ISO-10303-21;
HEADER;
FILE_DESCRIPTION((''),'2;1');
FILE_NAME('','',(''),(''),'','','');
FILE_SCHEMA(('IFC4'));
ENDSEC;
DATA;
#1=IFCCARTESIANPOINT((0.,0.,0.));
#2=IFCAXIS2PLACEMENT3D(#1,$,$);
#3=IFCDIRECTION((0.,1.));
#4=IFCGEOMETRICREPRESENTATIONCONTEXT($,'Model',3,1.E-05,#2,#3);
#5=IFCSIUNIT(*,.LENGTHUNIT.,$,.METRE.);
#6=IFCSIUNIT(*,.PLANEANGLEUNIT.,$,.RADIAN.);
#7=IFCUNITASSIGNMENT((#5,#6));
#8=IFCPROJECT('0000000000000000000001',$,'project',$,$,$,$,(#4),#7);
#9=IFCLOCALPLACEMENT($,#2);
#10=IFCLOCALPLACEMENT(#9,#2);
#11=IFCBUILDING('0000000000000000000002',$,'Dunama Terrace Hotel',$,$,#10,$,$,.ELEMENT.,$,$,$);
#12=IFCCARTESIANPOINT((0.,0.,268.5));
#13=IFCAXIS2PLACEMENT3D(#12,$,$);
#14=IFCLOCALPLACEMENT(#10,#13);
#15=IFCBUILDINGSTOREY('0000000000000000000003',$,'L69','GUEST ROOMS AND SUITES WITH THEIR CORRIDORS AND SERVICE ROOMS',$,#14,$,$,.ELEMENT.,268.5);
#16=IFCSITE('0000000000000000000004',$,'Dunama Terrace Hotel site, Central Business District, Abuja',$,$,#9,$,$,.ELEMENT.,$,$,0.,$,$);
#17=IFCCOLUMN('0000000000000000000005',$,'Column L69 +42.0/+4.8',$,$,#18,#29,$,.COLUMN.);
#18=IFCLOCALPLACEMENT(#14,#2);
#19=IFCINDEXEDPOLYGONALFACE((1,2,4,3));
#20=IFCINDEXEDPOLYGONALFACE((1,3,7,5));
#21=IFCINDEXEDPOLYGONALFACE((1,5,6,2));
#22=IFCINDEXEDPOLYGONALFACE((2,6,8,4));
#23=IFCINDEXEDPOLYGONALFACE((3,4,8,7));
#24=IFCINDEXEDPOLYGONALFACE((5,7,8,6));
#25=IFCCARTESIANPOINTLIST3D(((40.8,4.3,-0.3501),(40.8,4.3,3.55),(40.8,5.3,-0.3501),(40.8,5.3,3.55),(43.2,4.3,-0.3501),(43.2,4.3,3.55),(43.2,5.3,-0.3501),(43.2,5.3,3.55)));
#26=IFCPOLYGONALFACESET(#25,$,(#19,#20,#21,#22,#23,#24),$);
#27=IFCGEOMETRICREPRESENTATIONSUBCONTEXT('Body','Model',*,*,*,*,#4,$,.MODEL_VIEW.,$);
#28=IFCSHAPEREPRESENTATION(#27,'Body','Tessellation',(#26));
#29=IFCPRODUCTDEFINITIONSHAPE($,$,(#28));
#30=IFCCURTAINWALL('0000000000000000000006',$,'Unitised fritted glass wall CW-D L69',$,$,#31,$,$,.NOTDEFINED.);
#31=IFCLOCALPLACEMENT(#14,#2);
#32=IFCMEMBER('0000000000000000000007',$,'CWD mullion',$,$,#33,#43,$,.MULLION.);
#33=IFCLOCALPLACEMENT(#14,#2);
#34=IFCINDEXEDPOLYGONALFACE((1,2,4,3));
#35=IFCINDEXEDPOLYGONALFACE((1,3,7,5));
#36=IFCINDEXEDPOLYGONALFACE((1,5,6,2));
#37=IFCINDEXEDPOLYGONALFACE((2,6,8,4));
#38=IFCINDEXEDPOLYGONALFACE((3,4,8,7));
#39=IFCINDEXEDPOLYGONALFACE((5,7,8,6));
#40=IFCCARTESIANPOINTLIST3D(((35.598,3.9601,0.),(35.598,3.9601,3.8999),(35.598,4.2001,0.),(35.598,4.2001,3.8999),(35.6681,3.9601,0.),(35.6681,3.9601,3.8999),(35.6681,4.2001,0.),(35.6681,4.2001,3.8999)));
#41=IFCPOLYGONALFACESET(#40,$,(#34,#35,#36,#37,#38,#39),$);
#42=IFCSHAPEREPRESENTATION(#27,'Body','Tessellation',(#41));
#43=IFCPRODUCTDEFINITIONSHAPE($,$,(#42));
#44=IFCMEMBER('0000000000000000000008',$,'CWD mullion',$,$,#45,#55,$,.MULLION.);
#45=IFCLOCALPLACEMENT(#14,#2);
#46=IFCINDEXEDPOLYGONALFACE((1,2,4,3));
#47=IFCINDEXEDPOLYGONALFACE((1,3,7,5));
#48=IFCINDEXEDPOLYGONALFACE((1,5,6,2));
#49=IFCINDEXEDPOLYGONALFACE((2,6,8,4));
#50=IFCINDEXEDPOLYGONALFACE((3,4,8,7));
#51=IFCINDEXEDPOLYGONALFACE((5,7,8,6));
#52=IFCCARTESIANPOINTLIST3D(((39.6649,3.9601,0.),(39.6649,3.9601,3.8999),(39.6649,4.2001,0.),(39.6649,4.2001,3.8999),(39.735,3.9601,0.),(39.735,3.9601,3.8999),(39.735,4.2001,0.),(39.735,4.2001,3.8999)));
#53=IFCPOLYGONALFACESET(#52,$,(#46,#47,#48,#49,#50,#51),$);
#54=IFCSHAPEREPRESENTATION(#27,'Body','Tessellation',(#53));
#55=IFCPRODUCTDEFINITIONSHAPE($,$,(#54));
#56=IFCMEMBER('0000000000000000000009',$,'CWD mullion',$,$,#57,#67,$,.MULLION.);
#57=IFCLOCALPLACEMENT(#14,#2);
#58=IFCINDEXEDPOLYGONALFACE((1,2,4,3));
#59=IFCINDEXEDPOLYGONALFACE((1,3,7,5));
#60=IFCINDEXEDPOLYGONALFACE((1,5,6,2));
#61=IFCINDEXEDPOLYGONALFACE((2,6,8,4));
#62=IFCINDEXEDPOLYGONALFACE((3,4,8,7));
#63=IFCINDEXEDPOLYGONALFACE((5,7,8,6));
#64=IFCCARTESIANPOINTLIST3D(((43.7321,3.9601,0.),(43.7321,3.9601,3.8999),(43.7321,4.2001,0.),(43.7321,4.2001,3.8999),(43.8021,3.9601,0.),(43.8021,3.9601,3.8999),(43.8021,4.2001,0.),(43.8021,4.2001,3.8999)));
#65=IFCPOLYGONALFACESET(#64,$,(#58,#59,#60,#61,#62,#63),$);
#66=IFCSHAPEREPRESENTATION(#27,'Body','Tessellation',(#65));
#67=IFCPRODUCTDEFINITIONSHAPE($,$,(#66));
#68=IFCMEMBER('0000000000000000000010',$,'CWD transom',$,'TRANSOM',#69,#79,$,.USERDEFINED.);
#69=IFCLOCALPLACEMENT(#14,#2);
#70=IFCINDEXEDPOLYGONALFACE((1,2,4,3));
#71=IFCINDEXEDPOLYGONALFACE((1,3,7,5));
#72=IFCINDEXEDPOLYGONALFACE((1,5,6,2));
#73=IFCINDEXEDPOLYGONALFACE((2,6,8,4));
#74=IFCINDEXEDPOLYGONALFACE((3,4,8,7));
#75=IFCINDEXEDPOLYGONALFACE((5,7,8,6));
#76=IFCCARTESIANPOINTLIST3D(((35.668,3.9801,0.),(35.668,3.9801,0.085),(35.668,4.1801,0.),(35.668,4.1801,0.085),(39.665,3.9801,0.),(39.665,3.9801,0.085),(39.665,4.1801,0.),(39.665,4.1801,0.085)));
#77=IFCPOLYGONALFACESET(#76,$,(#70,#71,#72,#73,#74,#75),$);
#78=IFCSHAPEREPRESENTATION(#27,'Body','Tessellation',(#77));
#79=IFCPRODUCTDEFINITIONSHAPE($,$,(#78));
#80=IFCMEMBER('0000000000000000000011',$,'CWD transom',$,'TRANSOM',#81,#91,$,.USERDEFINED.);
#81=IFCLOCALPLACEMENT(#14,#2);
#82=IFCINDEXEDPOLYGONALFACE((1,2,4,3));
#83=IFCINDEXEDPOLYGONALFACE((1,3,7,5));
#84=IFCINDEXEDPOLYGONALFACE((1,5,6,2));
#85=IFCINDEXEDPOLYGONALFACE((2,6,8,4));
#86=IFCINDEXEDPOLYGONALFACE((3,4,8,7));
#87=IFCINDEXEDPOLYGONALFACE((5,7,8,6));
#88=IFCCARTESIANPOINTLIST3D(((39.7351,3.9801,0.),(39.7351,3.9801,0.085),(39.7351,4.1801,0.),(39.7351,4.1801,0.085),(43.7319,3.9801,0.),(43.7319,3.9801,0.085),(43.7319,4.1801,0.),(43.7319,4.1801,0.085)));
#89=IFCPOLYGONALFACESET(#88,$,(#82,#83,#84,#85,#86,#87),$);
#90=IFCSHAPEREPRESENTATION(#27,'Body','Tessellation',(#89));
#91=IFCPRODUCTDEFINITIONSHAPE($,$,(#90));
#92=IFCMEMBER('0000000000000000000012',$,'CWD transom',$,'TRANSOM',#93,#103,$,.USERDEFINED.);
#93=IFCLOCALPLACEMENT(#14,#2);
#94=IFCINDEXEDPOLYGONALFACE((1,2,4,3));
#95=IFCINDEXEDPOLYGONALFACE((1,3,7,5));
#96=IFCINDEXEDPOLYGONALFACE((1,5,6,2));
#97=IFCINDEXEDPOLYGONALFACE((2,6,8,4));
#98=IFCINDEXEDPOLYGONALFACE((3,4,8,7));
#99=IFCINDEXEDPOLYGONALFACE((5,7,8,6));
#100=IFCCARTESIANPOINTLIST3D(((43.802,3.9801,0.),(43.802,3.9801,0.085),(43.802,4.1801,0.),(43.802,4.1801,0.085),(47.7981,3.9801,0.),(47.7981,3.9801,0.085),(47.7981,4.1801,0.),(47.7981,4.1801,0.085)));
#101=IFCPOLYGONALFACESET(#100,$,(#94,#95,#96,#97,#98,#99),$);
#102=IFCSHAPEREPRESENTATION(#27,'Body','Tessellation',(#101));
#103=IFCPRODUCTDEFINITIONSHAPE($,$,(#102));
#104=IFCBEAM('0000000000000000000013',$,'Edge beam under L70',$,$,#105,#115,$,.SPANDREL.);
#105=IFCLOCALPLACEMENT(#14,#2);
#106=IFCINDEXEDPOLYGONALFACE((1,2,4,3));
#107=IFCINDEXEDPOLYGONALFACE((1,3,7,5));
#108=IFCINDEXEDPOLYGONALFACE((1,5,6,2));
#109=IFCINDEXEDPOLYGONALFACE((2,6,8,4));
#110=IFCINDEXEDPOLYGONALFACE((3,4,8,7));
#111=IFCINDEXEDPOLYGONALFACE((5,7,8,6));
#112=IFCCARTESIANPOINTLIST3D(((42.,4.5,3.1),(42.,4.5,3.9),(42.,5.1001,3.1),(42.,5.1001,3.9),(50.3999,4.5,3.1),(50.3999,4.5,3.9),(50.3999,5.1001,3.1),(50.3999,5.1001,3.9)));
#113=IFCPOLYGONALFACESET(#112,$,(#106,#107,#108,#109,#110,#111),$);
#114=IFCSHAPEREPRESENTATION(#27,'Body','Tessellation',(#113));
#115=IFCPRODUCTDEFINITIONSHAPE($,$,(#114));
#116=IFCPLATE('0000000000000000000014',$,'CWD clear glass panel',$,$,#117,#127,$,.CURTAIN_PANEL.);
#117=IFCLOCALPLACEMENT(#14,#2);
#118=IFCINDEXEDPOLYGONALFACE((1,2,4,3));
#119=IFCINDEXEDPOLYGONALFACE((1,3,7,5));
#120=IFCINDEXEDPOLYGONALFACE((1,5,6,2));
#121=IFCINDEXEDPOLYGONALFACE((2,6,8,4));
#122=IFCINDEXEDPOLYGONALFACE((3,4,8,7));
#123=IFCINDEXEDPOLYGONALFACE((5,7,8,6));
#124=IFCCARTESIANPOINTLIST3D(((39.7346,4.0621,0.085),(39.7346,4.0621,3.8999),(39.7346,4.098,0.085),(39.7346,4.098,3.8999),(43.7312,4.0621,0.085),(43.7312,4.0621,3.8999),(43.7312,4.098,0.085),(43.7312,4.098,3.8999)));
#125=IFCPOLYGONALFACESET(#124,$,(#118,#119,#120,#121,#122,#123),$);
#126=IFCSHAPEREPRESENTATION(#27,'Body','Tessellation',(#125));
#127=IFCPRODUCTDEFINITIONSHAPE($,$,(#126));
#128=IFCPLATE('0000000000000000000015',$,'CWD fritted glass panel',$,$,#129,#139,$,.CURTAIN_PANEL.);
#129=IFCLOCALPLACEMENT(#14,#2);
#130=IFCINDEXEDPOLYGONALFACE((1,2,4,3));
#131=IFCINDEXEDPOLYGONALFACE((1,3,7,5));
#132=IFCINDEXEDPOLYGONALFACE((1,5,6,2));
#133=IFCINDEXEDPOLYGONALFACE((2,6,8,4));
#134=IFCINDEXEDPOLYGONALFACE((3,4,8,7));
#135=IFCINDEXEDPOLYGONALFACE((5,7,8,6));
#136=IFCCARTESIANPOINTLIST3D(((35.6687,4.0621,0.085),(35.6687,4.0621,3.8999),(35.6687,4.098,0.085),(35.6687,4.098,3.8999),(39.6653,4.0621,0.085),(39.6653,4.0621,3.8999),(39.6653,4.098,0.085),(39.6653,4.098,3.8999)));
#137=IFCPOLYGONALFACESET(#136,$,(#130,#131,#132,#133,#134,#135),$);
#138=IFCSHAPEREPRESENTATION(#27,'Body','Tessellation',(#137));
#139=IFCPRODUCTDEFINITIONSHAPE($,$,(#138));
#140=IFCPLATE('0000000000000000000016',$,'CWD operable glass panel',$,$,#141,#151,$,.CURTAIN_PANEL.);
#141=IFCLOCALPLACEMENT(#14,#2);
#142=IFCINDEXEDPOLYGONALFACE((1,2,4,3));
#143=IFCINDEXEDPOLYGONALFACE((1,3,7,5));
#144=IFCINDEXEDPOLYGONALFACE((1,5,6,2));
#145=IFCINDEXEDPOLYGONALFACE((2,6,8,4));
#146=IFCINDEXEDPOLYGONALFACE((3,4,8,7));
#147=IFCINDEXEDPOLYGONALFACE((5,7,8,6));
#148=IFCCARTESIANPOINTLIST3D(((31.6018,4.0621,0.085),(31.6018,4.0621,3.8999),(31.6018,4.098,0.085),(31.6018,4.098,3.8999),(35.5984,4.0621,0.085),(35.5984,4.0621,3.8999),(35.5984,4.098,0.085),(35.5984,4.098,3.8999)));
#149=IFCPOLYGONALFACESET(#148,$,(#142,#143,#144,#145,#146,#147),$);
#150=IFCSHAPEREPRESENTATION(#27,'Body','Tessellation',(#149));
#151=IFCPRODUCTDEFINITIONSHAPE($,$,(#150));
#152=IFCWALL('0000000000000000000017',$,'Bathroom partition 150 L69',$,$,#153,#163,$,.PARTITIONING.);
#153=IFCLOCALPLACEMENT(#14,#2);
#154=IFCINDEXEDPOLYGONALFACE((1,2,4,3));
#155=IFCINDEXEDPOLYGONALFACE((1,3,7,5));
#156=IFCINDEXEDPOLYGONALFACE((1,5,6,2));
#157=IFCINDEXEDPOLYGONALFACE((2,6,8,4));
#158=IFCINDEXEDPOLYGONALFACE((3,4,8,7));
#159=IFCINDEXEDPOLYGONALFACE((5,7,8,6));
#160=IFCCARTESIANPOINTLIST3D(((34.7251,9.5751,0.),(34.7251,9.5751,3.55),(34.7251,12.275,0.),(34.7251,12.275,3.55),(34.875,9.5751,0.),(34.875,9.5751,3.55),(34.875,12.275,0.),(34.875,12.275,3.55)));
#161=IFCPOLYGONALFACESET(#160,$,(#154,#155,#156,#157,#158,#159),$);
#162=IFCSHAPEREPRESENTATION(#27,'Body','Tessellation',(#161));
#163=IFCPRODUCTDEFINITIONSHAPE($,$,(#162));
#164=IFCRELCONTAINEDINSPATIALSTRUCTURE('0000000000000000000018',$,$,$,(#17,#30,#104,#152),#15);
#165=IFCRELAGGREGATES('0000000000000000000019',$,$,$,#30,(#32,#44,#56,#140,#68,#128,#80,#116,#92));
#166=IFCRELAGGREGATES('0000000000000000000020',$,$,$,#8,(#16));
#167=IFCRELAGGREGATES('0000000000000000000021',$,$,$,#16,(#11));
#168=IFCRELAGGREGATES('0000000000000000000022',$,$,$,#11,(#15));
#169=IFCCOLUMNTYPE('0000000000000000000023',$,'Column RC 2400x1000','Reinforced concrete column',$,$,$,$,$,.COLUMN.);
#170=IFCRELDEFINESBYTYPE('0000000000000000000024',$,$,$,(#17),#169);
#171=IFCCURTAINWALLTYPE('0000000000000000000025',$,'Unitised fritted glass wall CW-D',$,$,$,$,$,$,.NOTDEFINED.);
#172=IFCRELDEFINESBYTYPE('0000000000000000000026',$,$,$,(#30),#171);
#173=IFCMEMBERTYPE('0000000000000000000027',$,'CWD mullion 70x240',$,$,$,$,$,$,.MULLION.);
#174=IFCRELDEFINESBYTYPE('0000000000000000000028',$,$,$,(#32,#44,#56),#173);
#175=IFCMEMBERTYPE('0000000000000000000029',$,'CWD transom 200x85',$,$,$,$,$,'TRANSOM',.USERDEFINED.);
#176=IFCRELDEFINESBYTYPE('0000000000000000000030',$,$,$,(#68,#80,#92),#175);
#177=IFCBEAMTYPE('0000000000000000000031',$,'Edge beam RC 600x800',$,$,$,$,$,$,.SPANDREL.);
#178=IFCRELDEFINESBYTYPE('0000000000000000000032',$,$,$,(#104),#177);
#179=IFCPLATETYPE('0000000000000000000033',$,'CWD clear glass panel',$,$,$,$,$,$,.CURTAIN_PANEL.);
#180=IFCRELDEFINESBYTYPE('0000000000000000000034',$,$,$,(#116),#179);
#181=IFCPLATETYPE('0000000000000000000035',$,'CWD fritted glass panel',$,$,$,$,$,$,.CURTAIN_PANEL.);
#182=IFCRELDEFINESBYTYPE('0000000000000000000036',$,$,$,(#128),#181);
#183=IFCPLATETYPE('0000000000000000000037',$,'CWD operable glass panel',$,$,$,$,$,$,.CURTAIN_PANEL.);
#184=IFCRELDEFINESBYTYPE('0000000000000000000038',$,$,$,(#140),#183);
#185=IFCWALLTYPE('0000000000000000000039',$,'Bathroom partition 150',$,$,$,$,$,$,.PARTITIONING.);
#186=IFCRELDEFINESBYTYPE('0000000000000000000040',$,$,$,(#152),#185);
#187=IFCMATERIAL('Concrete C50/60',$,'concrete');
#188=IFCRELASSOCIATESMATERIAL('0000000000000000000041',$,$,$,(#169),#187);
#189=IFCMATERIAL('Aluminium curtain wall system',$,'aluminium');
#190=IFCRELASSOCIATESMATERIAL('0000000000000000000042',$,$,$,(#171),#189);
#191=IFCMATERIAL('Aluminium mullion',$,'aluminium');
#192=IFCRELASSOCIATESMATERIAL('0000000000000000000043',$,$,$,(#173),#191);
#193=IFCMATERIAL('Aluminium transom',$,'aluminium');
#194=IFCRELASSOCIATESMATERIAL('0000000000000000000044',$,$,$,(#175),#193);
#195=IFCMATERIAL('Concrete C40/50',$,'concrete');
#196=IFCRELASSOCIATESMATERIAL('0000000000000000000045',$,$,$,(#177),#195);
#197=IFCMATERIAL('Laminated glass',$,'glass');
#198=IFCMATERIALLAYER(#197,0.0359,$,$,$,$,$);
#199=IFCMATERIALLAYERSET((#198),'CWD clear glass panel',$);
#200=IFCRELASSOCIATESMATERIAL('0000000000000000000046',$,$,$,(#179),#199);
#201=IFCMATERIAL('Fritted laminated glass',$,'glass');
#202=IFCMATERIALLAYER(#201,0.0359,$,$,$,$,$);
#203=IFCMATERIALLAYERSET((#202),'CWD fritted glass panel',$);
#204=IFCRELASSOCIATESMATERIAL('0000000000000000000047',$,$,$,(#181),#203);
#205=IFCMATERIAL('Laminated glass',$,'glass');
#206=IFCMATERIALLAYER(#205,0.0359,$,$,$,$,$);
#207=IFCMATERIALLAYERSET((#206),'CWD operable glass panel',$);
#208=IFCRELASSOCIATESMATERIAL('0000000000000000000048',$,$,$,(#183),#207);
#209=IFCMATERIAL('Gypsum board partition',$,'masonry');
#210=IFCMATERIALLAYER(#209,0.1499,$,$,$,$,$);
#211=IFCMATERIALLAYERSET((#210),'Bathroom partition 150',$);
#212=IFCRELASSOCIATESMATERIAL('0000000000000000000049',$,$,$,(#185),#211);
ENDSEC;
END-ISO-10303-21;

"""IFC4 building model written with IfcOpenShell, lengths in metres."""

from ifc_helpers import new_model, si_unit, direction, frame, frame_2d, origin, origin_2d, place, context, subcontext, project, spatial, rectangle, extrude, material, layer, layer_set, material_profile, profile_set, type_object, element, aggregate, save


model = new_model("IFC4")

# Units and contexts
model_context = context("Model", 3, precision=1e-05, world=origin(), true_north=direction((0.0, 1.0)))
body_context = subcontext(model_context, "Body", "Model", "MODEL_VIEW")
ifc_project = project(units=[si_unit("LENGTHUNIT", "METRE"), si_unit("PLANEANGLEUNIT", "RADIAN")], contexts=[model_context])

# Site, building, storey
site_placement = place(None, origin())
site = spatial("IfcSite", under=ifc_project, at=site_placement, Name="Dunama Terrace Hotel site, Central Business District, Abuja", CompositionType="ELEMENT", RefElevation=0.0)
building_placement = place(site_placement, origin())
building = spatial("IfcBuilding", under=site, at=building_placement, Name="Dunama Terrace Hotel", CompositionType="ELEMENT")
storey_placement = place(building_placement, frame((0.0, 0.0, 268.5)))
storey = spatial("IfcBuildingStorey", under=building, at=storey_placement, Name="L69", Description="GUEST ROOMS AND SUITES WITH THEIR CORRIDORS AND SERVICE ROOMS", CompositionType="ELEMENT", Elevation=268.5)

# Column
ifc_material_1 = material(Name="Concrete C50/60", Category="concrete")
ifc_material_profile_1 = material_profile(ifc_material_1, rectangle(XDim=2.3999, YDim=1.0, at=origin_2d()), Name="RC 2400x1000")
ifc_profile_set_1 = profile_set([ifc_material_profile_1], Name="Concrete C50/60")
column_type = type_object("IfcColumnType", Name="Column RC 2400x1000", Description="Reinforced concrete column", PredefinedType="COLUMN", material=ifc_profile_set_1)
column_placement = place(storey_placement, frame((42.0, 4.8, -0.3501), z_axis=(0.0, 0.0, 1.0), x_axis=(1.0, 0.0, 0.0)))
element("IfcColumn", 1, at=column_placement, inside=storey, type_object=column_type, Name="Column L69 +42.0/+4.8", PredefinedType="COLUMN", context=body_context, shape_type="SweptSolid", body=[
    extrude(rectangle(XDim=2.3999, YDim=1.0, at=origin_2d()), origin(), (0.0, 0.0, 1.0), 3.9001),
])

# Curtain wall, members
ifc_material_2 = material(Name="Aluminium curtain wall system", Category="aluminium")
curtain_wall_type = type_object("IfcCurtainWallType", Name="Unitised fritted glass wall CW-D", PredefinedType="NOTDEFINED", material=ifc_material_2)
curtain_wall_placement = place(storey_placement, origin())
curtain_wall = element("IfcCurtainWall", 2, at=curtain_wall_placement, inside=storey, type_object=curtain_wall_type, Name="Unitised fritted glass wall CW-D L69", PredefinedType="NOTDEFINED")
ifc_material_3 = material(Name="Aluminium mullion", Category="aluminium")
ifc_material_profile_2 = material_profile(ifc_material_3, rectangle(XDim=0.0701, YDim=0.24, at=origin_2d()), Name="CWD MULLION 70X240")
ifc_profile_set_2 = profile_set([ifc_material_profile_2], Name="Aluminium mullion")
member_type_1 = type_object("IfcMemberType", Name="CWD mullion 70x240", PredefinedType="MULLION", material=ifc_profile_set_2)
member_1_placement = place(storey_placement, frame((35.6331, 4.0801, 0.0), z_axis=(0.0, 0.0, 1.0), x_axis=(1.0, 0.0, 0.0)))
member_1 = element("IfcMember", 3, at=member_1_placement, type_object=member_type_1, Name="CWD mullion", PredefinedType="MULLION", context=body_context, shape_type="SweptSolid", body=[
    extrude(rectangle(XDim=0.0701, YDim=0.24, at=origin_2d()), origin(), (0.0, 0.0, 1.0), 3.8999),
])
member_2_placement = place(storey_placement, frame((39.7, 4.0801, 0.0), z_axis=(0.0, 0.0, 1.0), x_axis=(1.0, 0.0, 0.0)))
member_2 = element("IfcMember", 4, at=member_2_placement, type_object=member_type_1, Name="CWD mullion", PredefinedType="MULLION", context=body_context, shape_type="SweptSolid", body=[
    extrude(rectangle(XDim=0.0701, YDim=0.24, at=origin_2d()), origin(), (0.0, 0.0, 1.0), 3.8999),
])
member_3_placement = place(storey_placement, frame((43.7671, 4.0801, 0.0), z_axis=(0.0, 0.0, 1.0), x_axis=(1.0, 0.0, 0.0)))
member_3 = element("IfcMember", 5, at=member_3_placement, type_object=member_type_1, Name="CWD mullion", PredefinedType="MULLION", context=body_context, shape_type="SweptSolid", body=[
    extrude(rectangle(XDim=0.0701, YDim=0.24, at=origin_2d()), origin(), (0.0, 0.0, 1.0), 3.8999),
])
ifc_material_4 = material(Name="Aluminium transom", Category="aluminium")
ifc_material_profile_3 = material_profile(ifc_material_4, rectangle(XDim=0.2, YDim=0.085, at=origin_2d()), Name="CWD TRANSOM 200X85")
ifc_profile_set_3 = profile_set([ifc_material_profile_3], Name="Aluminium transom")
member_type_2 = type_object("IfcMemberType", Name="CWD transom 200x85", ElementType="TRANSOM", PredefinedType="USERDEFINED", material=ifc_profile_set_3)
member_4_placement = place(storey_placement, frame((35.668, 4.0801, 0.0425), z_axis=(1.0, 0.0, 0.0), x_axis=(0.0, 1.0, 0.0)))
member_4 = element("IfcMember", 6, at=member_4_placement, type_object=member_type_2, Name="CWD transom", ObjectType="TRANSOM", PredefinedType="USERDEFINED", context=body_context, shape_type="SweptSolid", body=[
    extrude(rectangle(XDim=0.2, YDim=0.085, at=origin_2d()), origin(), (0.0, 0.0, 1.0), 3.9971),
])
member_5_placement = place(storey_placement, frame((39.7351, 4.0801, 0.0425), z_axis=(1.0, 0.0, 0.0), x_axis=(0.0, 1.0, 0.0)))
member_5 = element("IfcMember", 7, at=member_5_placement, type_object=member_type_2, Name="CWD transom", ObjectType="TRANSOM", PredefinedType="USERDEFINED", context=body_context, shape_type="SweptSolid", body=[
    extrude(rectangle(XDim=0.2, YDim=0.085, at=origin_2d()), origin(), (0.0, 0.0, 1.0), 3.9968),
])
member_6_placement = place(storey_placement, frame((43.802, 4.0801, 0.0425), z_axis=(1.0, 0.0, 0.0), x_axis=(0.0, 1.0, 0.0)))
member_6 = element("IfcMember", 8, at=member_6_placement, type_object=member_type_2, Name="CWD transom", ObjectType="TRANSOM", PredefinedType="USERDEFINED", context=body_context, shape_type="SweptSolid", body=[
    extrude(rectangle(XDim=0.2, YDim=0.085, at=origin_2d()), origin(), (0.0, 0.0, 1.0), 3.9961),
])

# Beam
ifc_material_5 = material(Name="Concrete C40/50", Category="concrete")
ifc_material_profile_4 = material_profile(ifc_material_5, rectangle(XDim=0.6001, YDim=0.8, at=origin_2d()), Name="RC 600x800")
ifc_profile_set_4 = profile_set([ifc_material_profile_4], Name="Concrete C40/50")
beam_type = type_object("IfcBeamType", Name="Edge beam RC 600x800", PredefinedType="SPANDREL", material=ifc_profile_set_4)
beam_placement = place(storey_placement, frame((42.0, 4.8, 3.5), z_axis=(1.0, 0.0, 0.0), x_axis=(0.0, 1.0, 0.0)))
element("IfcBeam", 9, at=beam_placement, inside=storey, type_object=beam_type, Name="Edge beam under L70", PredefinedType="SPANDREL", context=body_context, shape_type="SweptSolid", body=[
    extrude(rectangle(XDim=0.6001, YDim=0.8, at=origin_2d()), origin(), (0.0, 0.0, 1.0), 8.3999),
])

# Plates
ifc_material_6 = material(Name="Laminated glass", Category="glass")
ifc_layer_1 = layer(ifc_material_6, 0.0359)
ifc_layer_set_1 = layer_set([ifc_layer_1], Name="CWD clear glass panel")
plate_type_1 = type_object("IfcPlateType", Name="CWD clear glass panel", PredefinedType="CURTAIN_PANEL", material=ifc_layer_set_1)
plate_1_placement = place(storey_placement, frame((41.7329, 4.0801, 0.085), z_axis=(0.0, 0.0, 1.0), x_axis=(1.0, 0.0, 0.0)))
plate_1 = element("IfcPlate", 10, at=plate_1_placement, type_object=plate_type_1, Name="CWD clear glass panel", PredefinedType="CURTAIN_PANEL", context=body_context, shape_type="SweptSolid", body=[
    extrude(rectangle(XDim=3.9966, YDim=0.0359, at=origin_2d()), origin(), (0.0, 0.0, 1.0), 3.8149),
])
ifc_material_7 = material(Name="Fritted laminated glass", Category="glass")
ifc_layer_2 = layer(ifc_material_7, 0.0359)
ifc_layer_set_2 = layer_set([ifc_layer_2], Name="CWD fritted glass panel")
plate_type_2 = type_object("IfcPlateType", Name="CWD fritted glass panel", PredefinedType="CURTAIN_PANEL", material=ifc_layer_set_2)
plate_2_placement = place(storey_placement, frame((37.667, 4.0801, 0.085), z_axis=(0.0, 0.0, 1.0), x_axis=(1.0, 0.0, 0.0)))
plate_2 = element("IfcPlate", 11, at=plate_2_placement, type_object=plate_type_2, Name="CWD fritted glass panel", PredefinedType="CURTAIN_PANEL", context=body_context, shape_type="SweptSolid", body=[
    extrude(rectangle(XDim=3.9966, YDim=0.0359, at=origin_2d()), origin(), (0.0, 0.0, 1.0), 3.8149),
])
ifc_material_8 = material(Name="Laminated glass", Category="glass")
ifc_layer_3 = layer(ifc_material_8, 0.0359)
ifc_layer_set_3 = layer_set([ifc_layer_3], Name="CWD operable glass panel")
plate_type_3 = type_object("IfcPlateType", Name="CWD operable glass panel", PredefinedType="CURTAIN_PANEL", material=ifc_layer_set_3)
plate_3_placement = place(storey_placement, frame((33.6001, 4.0801, 0.085), z_axis=(0.0, 0.0, 1.0), x_axis=(1.0, 0.0, 0.0)))
plate_3 = element("IfcPlate", 12, at=plate_3_placement, type_object=plate_type_3, Name="CWD operable glass panel", PredefinedType="CURTAIN_PANEL", context=body_context, shape_type="SweptSolid", body=[
    extrude(rectangle(XDim=3.9966, YDim=0.0359, at=origin_2d()), origin(), (0.0, 0.0, 1.0), 3.8149),
])
aggregate(curtain_wall, [member_1, member_2, member_3, plate_3, member_4, plate_2, member_5, plate_1, member_6])

# Wall
ifc_material_9 = material(Name="Gypsum board partition", Category="masonry")
ifc_layer_4 = layer(ifc_material_9, 0.1499)
ifc_layer_set_4 = layer_set([ifc_layer_4], Name="Bathroom partition 150")
wall_type_1 = type_object("IfcWallType", Name="Bathroom partition 150", PredefinedType="PARTITIONING", material=ifc_layer_set_4)
wall_1_placement = place(storey_placement, frame((34.8, 9.575, 0.0), z_axis=(0.0, 0.0, 1.0), x_axis=(0.0, 1.0, 0.0)))
element("IfcWall", 13, at=wall_1_placement, inside=storey, type_object=wall_type_1, Name="Bathroom partition 150 L69", PredefinedType="PARTITIONING", context=body_context, shape_type="SweptSolid", body=[
    extrude(rectangle(XDim=2.7, YDim=0.1499, at=frame_2d((1.3501, 0.0))), origin(), (0.0, 0.0, 1.0), 3.55),
])

save(model, "model.ifc")
